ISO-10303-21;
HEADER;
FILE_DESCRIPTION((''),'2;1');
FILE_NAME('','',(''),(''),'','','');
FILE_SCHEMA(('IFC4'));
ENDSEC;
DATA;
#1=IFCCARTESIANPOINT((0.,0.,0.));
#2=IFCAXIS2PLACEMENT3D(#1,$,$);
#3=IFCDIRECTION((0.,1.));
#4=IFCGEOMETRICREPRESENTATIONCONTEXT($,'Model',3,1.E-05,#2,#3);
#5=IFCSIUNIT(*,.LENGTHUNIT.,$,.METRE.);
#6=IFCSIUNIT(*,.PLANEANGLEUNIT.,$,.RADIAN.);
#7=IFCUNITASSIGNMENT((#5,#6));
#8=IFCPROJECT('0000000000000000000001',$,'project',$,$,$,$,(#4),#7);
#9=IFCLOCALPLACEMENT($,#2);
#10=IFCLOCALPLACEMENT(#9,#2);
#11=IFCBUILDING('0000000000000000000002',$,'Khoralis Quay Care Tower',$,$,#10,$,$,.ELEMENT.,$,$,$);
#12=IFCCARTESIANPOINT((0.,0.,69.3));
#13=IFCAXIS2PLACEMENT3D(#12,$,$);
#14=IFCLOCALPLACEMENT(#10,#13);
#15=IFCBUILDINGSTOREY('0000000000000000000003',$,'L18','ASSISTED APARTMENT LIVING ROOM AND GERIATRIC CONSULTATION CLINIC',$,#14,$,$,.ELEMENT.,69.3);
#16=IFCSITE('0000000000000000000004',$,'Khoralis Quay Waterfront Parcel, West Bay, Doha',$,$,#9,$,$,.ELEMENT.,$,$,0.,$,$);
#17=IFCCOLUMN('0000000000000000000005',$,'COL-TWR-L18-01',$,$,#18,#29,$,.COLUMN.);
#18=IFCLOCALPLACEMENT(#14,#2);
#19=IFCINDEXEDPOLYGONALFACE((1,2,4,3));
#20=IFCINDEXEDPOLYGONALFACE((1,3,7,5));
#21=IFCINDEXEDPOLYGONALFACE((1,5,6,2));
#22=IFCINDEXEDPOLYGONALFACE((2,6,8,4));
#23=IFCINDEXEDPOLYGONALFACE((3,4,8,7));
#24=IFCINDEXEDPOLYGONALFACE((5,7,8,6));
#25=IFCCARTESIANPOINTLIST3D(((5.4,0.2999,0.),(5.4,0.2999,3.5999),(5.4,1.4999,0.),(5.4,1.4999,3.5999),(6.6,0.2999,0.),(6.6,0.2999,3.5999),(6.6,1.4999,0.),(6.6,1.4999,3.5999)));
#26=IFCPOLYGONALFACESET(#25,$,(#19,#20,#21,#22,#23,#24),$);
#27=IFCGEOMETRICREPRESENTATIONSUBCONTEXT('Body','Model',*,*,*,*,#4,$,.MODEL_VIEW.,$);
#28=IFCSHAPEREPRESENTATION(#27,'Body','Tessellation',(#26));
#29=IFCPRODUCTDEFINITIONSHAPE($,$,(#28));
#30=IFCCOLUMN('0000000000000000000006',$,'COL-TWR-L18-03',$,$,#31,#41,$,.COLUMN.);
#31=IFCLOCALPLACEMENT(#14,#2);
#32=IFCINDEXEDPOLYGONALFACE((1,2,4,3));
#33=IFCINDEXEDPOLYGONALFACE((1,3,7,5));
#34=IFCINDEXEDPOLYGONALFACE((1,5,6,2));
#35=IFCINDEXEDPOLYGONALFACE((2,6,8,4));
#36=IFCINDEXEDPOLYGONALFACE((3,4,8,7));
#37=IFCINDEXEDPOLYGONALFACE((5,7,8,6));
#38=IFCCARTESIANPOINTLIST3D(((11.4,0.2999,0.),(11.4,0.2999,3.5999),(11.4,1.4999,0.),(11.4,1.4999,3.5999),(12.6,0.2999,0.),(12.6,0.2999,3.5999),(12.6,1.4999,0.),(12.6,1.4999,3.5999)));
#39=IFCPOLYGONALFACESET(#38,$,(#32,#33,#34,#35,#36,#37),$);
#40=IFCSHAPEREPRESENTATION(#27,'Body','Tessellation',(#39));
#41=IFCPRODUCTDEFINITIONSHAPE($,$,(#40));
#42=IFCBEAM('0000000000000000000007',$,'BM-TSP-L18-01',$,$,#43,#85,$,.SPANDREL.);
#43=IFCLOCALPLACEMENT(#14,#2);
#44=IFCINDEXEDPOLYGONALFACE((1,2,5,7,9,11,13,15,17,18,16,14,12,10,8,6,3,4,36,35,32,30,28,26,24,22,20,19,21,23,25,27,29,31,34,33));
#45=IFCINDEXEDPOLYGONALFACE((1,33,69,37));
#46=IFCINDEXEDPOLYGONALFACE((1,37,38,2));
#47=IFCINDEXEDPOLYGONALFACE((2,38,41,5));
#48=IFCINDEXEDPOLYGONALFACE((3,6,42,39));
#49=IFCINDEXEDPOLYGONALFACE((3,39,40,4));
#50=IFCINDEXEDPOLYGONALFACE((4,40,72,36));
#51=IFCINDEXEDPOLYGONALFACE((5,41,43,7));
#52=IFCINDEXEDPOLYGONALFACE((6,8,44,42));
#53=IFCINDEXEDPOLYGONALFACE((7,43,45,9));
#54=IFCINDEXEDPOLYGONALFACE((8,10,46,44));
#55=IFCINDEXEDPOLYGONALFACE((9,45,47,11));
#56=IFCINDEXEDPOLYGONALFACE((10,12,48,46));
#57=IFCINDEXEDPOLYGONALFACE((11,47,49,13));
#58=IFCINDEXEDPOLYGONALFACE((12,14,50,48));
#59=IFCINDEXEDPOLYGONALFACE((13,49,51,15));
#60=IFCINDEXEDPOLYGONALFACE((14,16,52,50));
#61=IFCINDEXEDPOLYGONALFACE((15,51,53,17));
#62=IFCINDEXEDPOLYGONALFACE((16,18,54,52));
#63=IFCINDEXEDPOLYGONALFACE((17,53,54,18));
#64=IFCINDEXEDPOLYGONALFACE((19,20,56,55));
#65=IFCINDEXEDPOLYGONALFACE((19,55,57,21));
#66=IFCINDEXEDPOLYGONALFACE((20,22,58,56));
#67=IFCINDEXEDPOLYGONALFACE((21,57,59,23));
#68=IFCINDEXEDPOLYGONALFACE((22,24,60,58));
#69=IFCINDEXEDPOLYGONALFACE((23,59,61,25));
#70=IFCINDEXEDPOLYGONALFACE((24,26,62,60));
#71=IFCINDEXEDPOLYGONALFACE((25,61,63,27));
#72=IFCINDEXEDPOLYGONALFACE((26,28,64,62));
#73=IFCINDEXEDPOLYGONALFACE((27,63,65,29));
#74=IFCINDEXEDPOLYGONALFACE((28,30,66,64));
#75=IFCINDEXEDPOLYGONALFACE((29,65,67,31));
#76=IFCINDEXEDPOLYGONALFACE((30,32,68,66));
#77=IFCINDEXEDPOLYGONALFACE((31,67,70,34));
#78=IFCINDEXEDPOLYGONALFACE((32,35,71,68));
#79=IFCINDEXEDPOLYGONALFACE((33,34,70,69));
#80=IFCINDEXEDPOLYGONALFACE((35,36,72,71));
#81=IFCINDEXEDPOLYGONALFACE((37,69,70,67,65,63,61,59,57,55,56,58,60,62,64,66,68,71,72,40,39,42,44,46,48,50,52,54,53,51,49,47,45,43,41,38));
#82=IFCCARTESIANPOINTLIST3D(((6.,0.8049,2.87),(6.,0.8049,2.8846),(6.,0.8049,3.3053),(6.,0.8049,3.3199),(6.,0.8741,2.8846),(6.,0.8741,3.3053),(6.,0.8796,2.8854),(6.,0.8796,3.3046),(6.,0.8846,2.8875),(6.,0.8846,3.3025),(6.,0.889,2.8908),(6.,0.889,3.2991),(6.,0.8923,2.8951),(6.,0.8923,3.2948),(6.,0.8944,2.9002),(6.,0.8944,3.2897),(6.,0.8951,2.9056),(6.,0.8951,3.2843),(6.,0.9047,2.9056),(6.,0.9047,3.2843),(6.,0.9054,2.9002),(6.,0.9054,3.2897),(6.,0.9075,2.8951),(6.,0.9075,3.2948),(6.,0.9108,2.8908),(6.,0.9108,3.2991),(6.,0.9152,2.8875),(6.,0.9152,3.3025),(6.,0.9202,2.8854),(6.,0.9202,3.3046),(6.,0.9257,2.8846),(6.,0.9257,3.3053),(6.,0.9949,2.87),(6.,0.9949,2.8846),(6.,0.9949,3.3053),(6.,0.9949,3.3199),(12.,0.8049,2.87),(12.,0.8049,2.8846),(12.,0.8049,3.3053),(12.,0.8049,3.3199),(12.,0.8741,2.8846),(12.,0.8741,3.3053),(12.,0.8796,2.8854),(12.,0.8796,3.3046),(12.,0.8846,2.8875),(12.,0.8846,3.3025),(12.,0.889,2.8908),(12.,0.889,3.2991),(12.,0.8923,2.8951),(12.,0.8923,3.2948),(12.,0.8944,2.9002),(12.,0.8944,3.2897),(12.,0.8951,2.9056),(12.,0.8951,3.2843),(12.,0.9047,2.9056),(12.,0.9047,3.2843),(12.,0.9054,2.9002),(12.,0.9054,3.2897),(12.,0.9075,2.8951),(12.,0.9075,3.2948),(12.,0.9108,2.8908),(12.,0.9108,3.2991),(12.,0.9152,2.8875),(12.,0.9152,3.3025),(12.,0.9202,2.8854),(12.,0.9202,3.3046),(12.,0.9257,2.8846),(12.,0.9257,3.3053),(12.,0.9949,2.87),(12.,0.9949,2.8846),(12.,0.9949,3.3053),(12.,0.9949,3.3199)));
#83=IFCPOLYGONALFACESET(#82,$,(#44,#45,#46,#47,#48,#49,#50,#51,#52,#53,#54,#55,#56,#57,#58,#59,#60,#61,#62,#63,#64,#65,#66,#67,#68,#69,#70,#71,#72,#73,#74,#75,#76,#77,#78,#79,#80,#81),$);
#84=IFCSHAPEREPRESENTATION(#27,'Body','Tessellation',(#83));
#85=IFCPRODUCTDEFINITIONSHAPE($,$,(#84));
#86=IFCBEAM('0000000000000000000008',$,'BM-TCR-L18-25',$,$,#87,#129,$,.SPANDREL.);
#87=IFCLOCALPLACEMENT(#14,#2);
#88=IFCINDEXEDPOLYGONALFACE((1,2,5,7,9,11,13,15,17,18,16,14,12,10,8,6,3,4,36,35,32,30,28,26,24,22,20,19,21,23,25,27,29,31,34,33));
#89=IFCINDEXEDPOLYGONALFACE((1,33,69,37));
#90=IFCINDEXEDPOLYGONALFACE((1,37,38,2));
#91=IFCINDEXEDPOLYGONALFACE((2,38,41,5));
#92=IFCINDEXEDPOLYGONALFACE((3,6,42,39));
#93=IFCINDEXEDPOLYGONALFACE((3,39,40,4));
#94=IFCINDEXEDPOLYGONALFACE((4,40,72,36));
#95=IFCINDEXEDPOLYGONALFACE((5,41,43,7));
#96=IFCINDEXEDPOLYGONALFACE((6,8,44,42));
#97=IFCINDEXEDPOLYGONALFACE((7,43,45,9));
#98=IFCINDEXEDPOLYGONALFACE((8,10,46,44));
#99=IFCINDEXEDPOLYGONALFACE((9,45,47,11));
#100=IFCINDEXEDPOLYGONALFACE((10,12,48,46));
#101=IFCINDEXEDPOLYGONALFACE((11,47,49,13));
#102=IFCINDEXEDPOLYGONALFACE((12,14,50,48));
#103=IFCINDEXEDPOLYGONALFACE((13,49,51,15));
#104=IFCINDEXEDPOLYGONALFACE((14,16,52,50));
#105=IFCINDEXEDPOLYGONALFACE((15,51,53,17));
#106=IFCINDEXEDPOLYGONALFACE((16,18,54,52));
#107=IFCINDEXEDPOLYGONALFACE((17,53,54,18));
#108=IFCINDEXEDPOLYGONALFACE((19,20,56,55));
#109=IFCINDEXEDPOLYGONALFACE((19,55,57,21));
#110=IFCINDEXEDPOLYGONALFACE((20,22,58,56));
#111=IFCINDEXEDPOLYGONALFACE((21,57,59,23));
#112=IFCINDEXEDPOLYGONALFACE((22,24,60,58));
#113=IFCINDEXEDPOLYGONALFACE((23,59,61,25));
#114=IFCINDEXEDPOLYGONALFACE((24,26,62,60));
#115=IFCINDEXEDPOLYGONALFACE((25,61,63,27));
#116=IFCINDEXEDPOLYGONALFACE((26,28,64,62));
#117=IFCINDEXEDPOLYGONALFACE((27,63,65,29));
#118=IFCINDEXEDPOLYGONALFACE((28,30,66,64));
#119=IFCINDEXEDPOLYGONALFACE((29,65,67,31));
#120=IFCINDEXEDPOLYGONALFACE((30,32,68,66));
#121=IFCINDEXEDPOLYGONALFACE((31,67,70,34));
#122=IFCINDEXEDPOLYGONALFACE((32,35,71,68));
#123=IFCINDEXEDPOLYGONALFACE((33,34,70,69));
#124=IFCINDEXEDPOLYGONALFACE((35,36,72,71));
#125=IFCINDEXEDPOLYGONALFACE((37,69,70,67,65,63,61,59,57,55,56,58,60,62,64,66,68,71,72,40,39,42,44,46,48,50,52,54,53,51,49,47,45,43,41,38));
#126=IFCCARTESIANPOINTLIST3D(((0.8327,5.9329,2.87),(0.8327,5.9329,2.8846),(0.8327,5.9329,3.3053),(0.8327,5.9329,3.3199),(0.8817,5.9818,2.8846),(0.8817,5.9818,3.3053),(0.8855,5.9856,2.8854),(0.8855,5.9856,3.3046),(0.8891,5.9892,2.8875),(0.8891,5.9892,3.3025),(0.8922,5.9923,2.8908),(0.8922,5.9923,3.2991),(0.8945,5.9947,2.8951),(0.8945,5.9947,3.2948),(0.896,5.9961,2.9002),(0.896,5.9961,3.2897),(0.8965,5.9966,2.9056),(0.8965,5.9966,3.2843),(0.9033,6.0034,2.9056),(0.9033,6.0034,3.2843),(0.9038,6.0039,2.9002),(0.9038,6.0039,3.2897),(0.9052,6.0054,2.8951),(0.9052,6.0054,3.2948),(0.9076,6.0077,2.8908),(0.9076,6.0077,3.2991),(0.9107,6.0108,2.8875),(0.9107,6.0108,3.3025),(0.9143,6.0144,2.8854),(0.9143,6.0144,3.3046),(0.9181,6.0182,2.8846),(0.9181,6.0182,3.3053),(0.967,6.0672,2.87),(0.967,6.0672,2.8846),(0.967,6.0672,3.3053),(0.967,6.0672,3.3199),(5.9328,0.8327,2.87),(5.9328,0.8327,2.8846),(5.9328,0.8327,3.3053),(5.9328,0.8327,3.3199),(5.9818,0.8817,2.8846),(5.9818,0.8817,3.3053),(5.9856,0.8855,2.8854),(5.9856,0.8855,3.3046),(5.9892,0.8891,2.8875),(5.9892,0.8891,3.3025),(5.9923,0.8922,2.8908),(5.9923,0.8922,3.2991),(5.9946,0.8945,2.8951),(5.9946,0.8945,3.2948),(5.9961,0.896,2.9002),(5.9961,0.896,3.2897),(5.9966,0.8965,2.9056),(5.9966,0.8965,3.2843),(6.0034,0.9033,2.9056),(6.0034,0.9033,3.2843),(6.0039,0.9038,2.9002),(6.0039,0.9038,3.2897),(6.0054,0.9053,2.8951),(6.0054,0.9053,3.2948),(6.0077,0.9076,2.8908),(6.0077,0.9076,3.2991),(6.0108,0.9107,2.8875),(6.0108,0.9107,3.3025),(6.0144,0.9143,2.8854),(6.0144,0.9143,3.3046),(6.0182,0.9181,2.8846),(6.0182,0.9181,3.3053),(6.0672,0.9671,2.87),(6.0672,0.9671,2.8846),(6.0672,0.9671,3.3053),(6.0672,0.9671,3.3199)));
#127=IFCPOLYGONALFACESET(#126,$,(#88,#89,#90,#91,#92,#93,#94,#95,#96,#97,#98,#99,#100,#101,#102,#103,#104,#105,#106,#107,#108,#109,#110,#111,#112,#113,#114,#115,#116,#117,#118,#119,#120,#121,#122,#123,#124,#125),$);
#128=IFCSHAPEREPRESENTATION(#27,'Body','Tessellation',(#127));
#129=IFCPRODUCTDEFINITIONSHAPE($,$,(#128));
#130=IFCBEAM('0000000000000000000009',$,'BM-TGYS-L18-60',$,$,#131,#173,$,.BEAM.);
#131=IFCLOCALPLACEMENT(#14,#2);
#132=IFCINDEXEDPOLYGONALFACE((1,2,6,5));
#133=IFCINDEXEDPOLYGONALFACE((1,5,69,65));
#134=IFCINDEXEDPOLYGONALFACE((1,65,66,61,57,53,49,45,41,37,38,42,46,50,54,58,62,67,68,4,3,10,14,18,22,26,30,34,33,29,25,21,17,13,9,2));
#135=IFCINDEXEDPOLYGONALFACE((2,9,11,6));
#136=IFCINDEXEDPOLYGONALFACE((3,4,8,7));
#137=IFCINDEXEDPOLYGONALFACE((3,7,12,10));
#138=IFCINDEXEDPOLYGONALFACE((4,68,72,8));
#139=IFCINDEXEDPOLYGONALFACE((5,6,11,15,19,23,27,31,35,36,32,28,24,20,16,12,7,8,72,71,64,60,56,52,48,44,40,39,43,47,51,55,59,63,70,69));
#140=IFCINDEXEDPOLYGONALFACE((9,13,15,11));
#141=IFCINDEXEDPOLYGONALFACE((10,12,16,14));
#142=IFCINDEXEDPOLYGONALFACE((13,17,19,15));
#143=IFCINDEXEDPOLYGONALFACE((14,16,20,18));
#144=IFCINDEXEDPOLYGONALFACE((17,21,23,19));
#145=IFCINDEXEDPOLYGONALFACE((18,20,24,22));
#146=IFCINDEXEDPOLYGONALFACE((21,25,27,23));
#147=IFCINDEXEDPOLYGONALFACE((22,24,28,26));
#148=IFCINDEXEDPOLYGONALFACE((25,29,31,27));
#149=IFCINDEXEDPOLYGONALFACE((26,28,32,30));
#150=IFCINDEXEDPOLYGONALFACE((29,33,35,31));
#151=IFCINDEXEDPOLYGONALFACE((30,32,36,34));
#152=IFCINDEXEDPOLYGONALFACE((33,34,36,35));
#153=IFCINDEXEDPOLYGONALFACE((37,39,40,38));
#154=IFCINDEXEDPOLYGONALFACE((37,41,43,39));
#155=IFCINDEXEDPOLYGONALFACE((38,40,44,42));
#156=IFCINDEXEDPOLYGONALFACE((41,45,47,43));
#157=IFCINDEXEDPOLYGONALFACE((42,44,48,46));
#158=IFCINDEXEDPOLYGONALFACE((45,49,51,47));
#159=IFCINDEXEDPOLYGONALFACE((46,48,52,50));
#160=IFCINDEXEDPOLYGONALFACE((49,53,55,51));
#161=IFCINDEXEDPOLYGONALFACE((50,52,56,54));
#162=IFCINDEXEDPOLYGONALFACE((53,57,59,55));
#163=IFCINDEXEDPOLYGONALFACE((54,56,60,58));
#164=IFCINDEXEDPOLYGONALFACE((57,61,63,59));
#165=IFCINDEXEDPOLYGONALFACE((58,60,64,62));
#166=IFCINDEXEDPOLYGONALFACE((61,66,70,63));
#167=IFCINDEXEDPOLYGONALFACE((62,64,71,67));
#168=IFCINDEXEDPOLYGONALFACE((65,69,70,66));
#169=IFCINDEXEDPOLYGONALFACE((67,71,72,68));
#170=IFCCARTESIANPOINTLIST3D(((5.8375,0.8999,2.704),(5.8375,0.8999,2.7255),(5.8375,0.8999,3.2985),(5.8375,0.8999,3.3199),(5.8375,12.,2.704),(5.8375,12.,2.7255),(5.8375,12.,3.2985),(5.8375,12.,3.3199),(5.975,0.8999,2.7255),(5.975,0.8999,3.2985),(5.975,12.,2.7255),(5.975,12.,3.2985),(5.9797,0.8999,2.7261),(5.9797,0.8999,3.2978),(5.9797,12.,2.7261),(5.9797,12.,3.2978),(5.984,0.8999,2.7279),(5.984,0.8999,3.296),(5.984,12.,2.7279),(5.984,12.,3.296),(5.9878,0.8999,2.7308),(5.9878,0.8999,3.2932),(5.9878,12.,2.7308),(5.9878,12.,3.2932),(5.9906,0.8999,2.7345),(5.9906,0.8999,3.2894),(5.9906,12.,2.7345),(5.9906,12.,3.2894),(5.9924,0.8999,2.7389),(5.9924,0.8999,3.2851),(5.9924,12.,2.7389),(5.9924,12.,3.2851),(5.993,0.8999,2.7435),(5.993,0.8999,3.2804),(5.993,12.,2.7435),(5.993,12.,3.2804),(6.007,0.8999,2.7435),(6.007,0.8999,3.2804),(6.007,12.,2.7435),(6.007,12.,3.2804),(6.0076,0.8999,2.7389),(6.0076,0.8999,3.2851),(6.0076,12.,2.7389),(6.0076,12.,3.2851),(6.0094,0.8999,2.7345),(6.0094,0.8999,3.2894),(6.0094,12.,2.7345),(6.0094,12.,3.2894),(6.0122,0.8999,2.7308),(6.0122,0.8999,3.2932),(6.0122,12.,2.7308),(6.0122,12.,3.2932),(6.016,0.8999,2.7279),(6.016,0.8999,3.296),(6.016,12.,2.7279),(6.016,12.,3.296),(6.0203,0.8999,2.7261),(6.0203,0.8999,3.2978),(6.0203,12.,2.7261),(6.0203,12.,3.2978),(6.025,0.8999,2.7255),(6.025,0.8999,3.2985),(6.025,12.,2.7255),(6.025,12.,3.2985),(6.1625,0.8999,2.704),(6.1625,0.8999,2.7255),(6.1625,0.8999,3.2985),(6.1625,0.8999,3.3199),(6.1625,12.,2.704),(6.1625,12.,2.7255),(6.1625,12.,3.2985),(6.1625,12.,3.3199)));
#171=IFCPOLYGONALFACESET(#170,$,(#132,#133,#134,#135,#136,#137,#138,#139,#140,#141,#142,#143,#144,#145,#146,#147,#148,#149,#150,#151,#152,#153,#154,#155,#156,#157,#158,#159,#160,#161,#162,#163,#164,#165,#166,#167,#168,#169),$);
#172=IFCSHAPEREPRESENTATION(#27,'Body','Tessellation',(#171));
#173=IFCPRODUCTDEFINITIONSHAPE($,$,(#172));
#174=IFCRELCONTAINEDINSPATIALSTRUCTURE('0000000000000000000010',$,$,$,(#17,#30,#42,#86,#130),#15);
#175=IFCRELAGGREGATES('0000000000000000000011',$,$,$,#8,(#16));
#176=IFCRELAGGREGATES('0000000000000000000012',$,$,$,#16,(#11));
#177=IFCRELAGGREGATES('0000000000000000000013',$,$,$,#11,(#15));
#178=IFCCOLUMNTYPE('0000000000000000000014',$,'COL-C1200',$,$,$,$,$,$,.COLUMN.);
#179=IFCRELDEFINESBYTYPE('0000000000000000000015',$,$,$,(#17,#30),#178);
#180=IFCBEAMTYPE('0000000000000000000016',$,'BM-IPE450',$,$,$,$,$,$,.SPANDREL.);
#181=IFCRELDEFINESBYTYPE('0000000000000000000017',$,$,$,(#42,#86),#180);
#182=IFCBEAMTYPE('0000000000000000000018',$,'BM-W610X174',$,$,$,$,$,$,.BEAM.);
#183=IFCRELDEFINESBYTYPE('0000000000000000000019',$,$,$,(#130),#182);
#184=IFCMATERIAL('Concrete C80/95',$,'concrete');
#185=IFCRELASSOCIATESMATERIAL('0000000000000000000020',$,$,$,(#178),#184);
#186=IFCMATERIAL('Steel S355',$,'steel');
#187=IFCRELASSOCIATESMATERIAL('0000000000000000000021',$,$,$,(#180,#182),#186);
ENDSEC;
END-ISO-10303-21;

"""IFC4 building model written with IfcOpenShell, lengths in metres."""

from ifc_helpers import new_model, si_unit, direction, frame, origin, origin_2d, place, context, subcontext, project, spatial, rectangle, i_section, extrude, source, transform, mapped, material, material_profile, profile_set, type_object, element, save


model = new_model("IFC4")

# Units and contexts
model_context = context("Model", 3, precision=1e-05, world=origin(), true_north=direction((0.0, 1.0)))
body_context = subcontext(model_context, "Body", "Model", "MODEL_VIEW")
ifc_project = project(units=[si_unit("LENGTHUNIT", "METRE"), si_unit("PLANEANGLEUNIT", "RADIAN")], contexts=[model_context])

# Site, building, storey
site_placement = place(None, origin())
site = spatial("IfcSite", under=ifc_project, at=site_placement, Name="Khoralis Quay Waterfront Parcel, West Bay, Doha", CompositionType="ELEMENT", RefElevation=0.0)
building_placement = place(site_placement, origin())
building = spatial("IfcBuilding", under=site, at=building_placement, Name="Khoralis Quay Care Tower", CompositionType="ELEMENT")
storey_placement = place(building_placement, frame((0.0, 0.0, 69.3)))
storey = spatial("IfcBuildingStorey", under=building, at=storey_placement, Name="L18", Description="ASSISTED APARTMENT LIVING ROOM AND GERIATRIC CONSULTATION CLINIC", CompositionType="ELEMENT", Elevation=69.3)

# Columns
ifc_material_1 = material(Name="Concrete C80/95", Category="concrete")
ifc_material_profile_1 = material_profile(ifc_material_1, rectangle(XDim=1.2, YDim=1.2, at=origin_2d()), Name="Concrete C80/95")
ifc_profile_set_1 = profile_set([ifc_material_profile_1], Name="Concrete C80/95")
column_type = type_object("IfcColumnType", Name="COL-C1200", PredefinedType="COLUMN", material=ifc_profile_set_1)
shared_shape_1 = source(origin(), body_context, "Body", "SweptSolid", [
    extrude(rectangle(XDim=1.2, YDim=1.2, at=origin_2d()), origin(), (0.0, 0.0, 1.0), 3.5999),
])
for number, where, z_axis, x_axis, name in (
    (1, (6.0, 0.8999, 0.0), (0.0, 0.0, 1.0), (1.0, 0.0, 0.0), "COL-TWR-L18-01"),
    (2, (12.0, 0.8999, 0.0), (0.0, 0.0, 1.0), (1.0, 0.0, 0.0), "COL-TWR-L18-03"),
):
    element("IfcColumn", number, at=place(storey_placement, frame(where, z_axis=z_axis, x_axis=x_axis)), inside=storey, type_object=column_type, Name=name, PredefinedType="COLUMN", context=body_context, shape_type="MappedRepresentation", body=[
        mapped(shared_shape_1, transform((0.0, 0.0, 0.0), scale=1.0)),
    ])

# Beams
ifc_material_2 = material(Name="Steel S355", Category="steel")
ifc_material_profile_2 = material_profile(ifc_material_2, i_section(OverallWidth=0.1899, OverallDepth=0.45, WebThickness=0.0095, FlangeThickness=0.0146, FilletRadius=0.021, at=origin_2d()), Name="Steel S355")
ifc_profile_set_2 = profile_set([ifc_material_profile_2], Name="Steel S355")
beam_type_1 = type_object("IfcBeamType", Name="BM-IPE450", PredefinedType="SPANDREL", material=ifc_profile_set_2)
shared_shape_2 = source(origin(), body_context, "Body", "SweptSolid", [
    extrude(i_section(OverallWidth=0.1899, OverallDepth=0.45, WebThickness=0.0095, FlangeThickness=0.0146, FilletRadius=0.021, at=origin_2d()), origin(), (0.0, 0.0, 1.0), 6.0),
])
beam_1_placement = place(storey_placement, frame((6.0, 0.8999, 3.095), z_axis=(1.0, 0.0, 0.0), x_axis=(0.0, 1.0, 0.0)))
element("IfcBeam", 3, at=beam_1_placement, inside=storey, type_object=beam_type_1, Name="BM-TSP-L18-01", PredefinedType="SPANDREL", context=body_context, shape_type="MappedRepresentation", body=[
    mapped(shared_shape_2, transform((0.0, 0.0, 0.0), scale=1.0)),
])
shared_shape_3 = source(origin(), body_context, "Body", "SweptSolid", [
    extrude(i_section(OverallWidth=0.1899, OverallDepth=0.45, WebThickness=0.0095, FlangeThickness=0.0146, FilletRadius=0.021, at=origin_2d()), origin(), (0.0, 0.0, 1.0), 7.2126),
])
beam_2_placement = place(storey_placement, frame((6.0, 0.8999, 3.095), z_axis=(-0.707107, 0.707107, 0.0), x_axis=(-0.707107, -0.707107, 0.0)))
element("IfcBeam", 4, at=beam_2_placement, inside=storey, type_object=beam_type_1, Name="BM-TCR-L18-25", PredefinedType="SPANDREL", context=body_context, shape_type="MappedRepresentation", body=[
    mapped(shared_shape_3, transform((0.0, 0.0, 0.0), scale=1.0)),
])
ifc_material_profile_3 = material_profile(ifc_material_2, i_section(OverallWidth=0.325, OverallDepth=0.616, WebThickness=0.0139, FlangeThickness=0.0215, FilletRadius=0.0181, at=origin_2d()), Name="Steel S355")
ifc_profile_set_3 = profile_set([ifc_material_profile_3], Name="Steel S355")
beam_type_2 = type_object("IfcBeamType", Name="BM-W610X174", PredefinedType="BEAM", material=ifc_profile_set_3)
shared_shape_4 = source(origin(), body_context, "Body", "SweptSolid", [
    extrude(i_section(OverallWidth=0.325, OverallDepth=0.616, WebThickness=0.0139, FlangeThickness=0.0215, FilletRadius=0.0181, at=origin_2d()), origin(), (0.0, 0.0, 1.0), 11.1001),
])
beam_3_placement = place(storey_placement, frame((6.0, 0.8999, 3.012), z_axis=(0.0, 1.0, 0.0), x_axis=(-1.0, 0.0, 0.0)))
element("IfcBeam", 5, at=beam_3_placement, inside=storey, type_object=beam_type_2, Name="BM-TGYS-L18-60", PredefinedType="BEAM", context=body_context, shape_type="MappedRepresentation", body=[
    mapped(shared_shape_4, transform((0.0, 0.0, 0.0), scale=1.0)),
])

save(model, "model.ifc")
